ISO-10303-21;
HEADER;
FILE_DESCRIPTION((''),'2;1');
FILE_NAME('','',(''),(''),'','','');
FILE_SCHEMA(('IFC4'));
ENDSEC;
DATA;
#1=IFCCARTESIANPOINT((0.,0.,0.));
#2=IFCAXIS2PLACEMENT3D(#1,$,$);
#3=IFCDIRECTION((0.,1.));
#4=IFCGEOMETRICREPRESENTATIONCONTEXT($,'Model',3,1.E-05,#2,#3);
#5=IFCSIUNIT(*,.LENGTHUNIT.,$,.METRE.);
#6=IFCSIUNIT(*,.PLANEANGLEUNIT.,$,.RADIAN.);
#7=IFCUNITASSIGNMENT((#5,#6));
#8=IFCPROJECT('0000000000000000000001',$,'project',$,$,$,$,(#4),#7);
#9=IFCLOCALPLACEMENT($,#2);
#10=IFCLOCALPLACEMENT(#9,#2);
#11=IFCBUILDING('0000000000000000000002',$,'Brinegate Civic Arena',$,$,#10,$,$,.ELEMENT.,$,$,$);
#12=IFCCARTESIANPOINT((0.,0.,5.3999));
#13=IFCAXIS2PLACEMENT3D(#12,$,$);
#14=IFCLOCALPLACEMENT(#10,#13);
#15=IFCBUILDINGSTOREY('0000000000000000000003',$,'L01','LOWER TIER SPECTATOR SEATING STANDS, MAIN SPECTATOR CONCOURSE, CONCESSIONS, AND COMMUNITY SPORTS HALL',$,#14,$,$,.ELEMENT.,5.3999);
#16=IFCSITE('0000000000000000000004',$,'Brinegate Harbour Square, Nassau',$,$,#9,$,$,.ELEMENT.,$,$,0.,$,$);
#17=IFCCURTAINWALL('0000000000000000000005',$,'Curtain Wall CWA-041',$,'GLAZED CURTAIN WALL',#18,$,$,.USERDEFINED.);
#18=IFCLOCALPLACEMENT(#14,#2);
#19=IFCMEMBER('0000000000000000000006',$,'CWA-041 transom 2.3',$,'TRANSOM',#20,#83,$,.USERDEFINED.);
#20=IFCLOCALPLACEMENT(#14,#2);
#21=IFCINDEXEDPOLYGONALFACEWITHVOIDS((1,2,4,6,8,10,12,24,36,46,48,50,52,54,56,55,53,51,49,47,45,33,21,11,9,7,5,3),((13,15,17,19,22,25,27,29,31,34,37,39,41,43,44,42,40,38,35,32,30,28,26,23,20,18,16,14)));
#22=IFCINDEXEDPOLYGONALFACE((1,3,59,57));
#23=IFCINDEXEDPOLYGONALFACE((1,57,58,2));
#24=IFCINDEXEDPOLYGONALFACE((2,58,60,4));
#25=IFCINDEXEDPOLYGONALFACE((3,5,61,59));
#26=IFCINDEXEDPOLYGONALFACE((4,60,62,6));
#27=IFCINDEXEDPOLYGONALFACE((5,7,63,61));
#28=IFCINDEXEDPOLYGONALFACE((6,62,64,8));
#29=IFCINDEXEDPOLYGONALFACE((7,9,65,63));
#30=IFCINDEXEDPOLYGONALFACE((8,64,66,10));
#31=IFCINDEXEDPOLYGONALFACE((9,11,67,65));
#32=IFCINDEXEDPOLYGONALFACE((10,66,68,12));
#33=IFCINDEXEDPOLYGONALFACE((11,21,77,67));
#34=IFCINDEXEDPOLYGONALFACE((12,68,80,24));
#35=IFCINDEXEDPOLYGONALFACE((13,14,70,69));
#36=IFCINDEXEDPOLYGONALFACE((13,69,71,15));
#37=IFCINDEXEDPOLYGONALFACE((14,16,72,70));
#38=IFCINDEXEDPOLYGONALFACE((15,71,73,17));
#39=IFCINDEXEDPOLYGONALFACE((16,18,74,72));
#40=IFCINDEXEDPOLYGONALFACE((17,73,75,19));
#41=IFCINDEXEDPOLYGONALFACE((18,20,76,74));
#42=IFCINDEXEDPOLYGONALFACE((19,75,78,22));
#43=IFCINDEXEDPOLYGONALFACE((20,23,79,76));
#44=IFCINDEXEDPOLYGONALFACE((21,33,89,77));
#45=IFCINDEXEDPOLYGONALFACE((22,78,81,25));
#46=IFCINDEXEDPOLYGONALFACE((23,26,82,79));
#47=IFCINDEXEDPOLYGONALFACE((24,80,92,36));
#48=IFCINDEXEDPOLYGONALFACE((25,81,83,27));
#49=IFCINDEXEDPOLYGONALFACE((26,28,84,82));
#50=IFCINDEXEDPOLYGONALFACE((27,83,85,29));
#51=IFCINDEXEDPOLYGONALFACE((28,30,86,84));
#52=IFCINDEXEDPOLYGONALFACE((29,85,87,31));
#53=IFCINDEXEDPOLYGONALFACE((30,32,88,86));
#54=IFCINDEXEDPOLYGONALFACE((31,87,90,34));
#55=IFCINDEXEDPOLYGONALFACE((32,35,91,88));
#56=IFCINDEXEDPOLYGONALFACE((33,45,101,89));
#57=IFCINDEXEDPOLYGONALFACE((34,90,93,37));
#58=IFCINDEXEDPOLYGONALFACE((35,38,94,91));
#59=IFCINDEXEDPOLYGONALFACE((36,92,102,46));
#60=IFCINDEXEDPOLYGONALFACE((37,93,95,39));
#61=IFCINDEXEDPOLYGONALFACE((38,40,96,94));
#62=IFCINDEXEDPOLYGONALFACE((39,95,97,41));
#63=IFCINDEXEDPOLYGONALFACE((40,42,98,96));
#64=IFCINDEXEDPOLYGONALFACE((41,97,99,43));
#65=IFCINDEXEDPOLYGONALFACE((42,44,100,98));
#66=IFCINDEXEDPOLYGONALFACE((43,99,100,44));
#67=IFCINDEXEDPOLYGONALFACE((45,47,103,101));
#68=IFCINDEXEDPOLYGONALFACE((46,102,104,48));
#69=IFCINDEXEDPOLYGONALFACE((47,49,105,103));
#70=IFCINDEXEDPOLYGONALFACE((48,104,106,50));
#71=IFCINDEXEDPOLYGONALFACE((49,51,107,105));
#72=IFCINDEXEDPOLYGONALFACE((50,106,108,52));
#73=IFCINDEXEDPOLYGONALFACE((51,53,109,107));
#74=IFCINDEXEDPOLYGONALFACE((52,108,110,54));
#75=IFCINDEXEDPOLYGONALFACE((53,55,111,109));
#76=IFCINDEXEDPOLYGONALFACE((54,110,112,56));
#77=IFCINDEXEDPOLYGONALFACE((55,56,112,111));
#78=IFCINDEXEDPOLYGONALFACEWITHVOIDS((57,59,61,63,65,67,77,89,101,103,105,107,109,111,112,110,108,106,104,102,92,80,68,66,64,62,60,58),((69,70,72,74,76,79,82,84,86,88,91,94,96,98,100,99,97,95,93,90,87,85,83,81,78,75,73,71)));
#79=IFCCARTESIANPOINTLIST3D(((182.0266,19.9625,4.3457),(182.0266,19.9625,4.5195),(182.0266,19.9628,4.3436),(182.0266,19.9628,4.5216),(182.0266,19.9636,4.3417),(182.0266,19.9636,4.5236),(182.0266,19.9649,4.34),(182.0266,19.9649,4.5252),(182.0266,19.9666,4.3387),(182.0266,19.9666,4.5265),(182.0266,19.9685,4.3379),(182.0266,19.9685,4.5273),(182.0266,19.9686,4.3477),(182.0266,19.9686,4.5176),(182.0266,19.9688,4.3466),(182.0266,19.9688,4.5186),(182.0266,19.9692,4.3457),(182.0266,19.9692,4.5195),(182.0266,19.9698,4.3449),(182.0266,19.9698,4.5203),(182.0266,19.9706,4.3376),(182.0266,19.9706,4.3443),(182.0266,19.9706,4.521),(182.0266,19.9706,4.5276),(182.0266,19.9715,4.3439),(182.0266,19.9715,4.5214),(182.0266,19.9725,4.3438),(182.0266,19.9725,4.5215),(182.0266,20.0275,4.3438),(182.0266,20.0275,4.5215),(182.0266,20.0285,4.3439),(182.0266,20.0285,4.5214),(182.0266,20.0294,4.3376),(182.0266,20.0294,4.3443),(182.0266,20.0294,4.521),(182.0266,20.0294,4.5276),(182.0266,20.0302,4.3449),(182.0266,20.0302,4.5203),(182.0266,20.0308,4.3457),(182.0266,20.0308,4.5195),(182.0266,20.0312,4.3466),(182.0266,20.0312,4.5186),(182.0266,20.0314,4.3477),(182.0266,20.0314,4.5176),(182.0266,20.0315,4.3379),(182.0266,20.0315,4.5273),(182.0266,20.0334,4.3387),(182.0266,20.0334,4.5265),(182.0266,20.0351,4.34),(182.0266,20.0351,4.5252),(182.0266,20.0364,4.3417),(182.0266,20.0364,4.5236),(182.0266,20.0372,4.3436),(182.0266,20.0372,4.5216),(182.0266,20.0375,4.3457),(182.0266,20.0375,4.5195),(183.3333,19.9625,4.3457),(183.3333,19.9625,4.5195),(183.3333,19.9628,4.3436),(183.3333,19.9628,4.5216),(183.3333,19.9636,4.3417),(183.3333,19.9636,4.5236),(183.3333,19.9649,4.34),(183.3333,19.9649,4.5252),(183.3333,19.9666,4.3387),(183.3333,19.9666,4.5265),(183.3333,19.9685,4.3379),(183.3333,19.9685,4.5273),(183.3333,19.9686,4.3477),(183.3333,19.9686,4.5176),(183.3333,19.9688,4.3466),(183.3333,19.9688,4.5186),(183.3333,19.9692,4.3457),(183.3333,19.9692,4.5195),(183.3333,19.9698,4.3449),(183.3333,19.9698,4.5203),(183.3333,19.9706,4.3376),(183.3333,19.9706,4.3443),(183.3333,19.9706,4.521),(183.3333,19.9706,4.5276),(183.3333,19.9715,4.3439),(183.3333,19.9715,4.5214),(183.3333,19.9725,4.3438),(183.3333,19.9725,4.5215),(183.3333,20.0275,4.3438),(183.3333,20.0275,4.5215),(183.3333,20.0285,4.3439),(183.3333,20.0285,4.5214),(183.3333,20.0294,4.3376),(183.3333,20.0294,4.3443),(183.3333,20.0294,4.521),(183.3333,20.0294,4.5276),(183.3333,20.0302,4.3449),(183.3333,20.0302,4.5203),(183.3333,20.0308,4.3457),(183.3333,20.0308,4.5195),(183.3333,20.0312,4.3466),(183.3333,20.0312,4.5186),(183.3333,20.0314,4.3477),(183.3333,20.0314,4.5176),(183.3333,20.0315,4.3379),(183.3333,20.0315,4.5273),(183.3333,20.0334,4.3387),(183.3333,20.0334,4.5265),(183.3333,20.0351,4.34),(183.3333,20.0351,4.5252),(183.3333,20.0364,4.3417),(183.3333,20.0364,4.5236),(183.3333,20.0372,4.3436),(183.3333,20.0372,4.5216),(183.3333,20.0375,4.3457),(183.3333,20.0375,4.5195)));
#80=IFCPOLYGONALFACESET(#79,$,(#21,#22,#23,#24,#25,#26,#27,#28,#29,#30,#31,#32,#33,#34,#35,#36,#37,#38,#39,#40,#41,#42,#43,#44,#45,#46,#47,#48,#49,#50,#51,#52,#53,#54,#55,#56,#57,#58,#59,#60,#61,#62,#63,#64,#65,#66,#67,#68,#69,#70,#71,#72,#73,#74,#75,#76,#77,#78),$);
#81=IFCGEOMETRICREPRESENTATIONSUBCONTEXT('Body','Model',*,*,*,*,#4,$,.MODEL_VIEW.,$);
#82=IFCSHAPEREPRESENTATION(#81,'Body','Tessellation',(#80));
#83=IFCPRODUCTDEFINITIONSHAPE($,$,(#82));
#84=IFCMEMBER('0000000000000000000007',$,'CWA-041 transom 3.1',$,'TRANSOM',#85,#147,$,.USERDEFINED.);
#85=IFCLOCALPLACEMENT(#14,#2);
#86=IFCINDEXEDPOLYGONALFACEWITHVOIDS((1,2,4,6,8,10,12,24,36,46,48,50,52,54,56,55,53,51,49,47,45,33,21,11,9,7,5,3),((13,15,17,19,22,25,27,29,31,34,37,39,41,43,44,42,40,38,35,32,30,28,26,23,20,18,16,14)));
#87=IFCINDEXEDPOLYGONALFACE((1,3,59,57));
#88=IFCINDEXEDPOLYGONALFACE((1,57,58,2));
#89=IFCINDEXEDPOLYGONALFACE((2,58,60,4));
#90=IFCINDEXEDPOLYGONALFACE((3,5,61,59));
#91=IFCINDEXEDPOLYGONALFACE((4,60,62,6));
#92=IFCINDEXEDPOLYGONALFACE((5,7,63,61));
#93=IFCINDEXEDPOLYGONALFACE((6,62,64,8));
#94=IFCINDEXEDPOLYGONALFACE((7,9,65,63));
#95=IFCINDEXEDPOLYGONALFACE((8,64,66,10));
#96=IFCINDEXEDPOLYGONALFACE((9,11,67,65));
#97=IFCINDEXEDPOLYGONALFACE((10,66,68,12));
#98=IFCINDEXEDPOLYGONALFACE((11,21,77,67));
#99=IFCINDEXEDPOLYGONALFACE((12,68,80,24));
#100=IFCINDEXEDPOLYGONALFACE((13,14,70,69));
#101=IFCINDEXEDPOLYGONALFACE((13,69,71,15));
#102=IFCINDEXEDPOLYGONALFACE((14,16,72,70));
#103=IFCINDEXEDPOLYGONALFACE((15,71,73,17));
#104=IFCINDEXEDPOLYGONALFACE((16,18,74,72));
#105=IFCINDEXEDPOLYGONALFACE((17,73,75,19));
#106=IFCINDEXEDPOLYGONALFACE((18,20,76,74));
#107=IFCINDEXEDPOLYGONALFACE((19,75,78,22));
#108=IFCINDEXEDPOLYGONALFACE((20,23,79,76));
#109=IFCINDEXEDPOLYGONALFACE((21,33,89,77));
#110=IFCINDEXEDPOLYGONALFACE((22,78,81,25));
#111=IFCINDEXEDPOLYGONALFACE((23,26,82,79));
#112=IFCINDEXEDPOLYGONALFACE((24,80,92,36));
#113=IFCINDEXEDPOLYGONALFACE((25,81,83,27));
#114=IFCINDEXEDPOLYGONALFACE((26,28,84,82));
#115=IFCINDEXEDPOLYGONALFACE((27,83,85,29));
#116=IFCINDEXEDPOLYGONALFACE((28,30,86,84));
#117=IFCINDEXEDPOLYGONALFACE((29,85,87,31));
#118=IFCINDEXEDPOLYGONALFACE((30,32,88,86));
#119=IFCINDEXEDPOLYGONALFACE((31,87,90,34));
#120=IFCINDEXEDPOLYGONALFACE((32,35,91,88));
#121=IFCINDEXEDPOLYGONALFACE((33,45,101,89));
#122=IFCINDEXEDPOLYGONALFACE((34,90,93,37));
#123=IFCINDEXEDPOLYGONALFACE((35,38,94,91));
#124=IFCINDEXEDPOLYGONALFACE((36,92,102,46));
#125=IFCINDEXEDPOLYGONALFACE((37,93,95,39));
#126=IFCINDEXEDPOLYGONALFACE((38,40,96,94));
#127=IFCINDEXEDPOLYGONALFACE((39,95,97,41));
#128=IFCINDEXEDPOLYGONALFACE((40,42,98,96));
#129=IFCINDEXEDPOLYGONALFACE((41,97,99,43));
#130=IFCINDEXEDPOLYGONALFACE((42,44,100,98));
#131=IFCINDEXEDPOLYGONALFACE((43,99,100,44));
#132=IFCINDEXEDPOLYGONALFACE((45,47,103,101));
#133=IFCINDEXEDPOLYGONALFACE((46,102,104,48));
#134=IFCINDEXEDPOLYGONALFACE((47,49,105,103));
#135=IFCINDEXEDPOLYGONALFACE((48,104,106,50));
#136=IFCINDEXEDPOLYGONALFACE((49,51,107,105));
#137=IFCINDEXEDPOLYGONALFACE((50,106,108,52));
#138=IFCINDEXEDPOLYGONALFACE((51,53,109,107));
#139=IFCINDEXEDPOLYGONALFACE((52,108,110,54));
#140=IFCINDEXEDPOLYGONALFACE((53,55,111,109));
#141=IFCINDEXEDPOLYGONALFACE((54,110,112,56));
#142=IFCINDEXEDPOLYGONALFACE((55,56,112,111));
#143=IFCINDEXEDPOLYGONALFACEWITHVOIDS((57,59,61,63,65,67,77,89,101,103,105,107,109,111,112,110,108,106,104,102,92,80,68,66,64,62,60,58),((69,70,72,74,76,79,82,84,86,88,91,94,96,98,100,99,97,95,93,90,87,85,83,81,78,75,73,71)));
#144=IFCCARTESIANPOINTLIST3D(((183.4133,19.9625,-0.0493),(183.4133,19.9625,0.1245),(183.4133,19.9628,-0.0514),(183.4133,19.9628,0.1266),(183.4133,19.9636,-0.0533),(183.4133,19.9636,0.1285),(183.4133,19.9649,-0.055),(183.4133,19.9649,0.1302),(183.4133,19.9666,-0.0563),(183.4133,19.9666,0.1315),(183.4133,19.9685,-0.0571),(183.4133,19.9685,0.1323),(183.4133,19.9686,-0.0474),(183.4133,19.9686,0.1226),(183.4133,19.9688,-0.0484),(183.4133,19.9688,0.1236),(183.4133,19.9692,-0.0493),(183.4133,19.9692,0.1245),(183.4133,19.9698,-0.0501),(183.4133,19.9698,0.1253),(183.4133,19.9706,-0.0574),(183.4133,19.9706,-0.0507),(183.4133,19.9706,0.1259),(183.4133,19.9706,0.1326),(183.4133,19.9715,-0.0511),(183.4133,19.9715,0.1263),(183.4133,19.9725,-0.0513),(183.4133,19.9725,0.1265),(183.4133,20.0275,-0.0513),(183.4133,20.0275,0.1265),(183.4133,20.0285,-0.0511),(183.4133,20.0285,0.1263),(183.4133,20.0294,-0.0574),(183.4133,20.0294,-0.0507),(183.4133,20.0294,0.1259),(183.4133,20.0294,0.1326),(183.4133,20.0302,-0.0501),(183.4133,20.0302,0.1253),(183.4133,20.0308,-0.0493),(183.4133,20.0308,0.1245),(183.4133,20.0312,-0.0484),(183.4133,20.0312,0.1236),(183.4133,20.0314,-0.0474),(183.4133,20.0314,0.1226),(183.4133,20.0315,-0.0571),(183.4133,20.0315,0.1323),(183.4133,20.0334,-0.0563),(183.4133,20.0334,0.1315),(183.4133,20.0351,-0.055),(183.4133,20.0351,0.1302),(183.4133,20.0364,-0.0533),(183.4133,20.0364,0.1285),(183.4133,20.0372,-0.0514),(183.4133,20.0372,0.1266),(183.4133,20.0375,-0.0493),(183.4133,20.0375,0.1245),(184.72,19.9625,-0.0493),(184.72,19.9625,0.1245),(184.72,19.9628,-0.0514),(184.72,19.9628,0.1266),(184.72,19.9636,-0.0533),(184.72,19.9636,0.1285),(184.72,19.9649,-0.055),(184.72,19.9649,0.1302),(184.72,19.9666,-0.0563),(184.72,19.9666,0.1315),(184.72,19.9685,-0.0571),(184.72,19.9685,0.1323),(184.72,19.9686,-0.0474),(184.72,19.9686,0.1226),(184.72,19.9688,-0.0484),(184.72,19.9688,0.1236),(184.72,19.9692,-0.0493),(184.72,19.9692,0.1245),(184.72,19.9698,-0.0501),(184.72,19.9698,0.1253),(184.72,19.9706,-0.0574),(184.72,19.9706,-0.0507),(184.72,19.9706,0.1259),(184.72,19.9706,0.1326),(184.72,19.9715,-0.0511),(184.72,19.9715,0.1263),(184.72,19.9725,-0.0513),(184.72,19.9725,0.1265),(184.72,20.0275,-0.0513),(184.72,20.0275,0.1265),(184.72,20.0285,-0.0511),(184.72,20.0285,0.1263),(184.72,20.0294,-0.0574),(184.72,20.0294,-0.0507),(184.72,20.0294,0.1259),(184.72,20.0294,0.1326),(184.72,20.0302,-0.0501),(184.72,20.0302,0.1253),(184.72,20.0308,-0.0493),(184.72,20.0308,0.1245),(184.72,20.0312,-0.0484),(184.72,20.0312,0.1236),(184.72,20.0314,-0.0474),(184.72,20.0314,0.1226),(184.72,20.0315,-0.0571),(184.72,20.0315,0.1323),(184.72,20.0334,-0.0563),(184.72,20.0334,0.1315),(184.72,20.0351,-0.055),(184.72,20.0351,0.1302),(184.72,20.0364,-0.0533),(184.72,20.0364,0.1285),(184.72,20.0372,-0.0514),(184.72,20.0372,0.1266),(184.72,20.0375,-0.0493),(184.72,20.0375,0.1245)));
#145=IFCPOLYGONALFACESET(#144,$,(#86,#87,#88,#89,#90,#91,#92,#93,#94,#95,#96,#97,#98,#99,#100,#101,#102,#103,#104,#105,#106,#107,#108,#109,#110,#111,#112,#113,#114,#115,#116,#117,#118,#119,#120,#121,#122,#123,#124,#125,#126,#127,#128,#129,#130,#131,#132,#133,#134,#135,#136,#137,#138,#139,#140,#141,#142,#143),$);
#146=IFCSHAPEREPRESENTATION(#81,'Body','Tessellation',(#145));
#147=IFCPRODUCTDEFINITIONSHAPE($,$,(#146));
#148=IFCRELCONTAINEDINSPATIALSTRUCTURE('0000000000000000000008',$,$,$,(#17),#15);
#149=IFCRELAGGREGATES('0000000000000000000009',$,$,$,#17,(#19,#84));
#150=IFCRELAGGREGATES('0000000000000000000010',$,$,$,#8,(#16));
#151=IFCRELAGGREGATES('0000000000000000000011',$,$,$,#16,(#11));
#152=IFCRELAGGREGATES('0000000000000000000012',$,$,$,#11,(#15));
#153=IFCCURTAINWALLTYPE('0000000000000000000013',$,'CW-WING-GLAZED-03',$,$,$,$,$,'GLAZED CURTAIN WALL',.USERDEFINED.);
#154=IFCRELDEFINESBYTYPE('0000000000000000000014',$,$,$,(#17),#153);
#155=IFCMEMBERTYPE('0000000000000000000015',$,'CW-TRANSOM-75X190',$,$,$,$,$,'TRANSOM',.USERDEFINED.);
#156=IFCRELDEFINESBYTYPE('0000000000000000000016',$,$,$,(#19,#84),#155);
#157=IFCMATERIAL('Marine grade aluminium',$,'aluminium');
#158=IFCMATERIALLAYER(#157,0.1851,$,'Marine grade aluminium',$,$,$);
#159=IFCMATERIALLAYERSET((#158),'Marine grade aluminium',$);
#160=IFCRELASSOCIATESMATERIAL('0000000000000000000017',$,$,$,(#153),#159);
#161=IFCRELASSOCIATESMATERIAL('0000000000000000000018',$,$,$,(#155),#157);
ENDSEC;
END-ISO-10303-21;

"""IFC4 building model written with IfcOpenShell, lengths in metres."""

from ifc_helpers import new_model, si_unit, direction, frame, origin, origin_2d, place, context, subcontext, project, spatial, hollow_rectangle, extrude, material, layer, layer_set, material_profile, profile_set, type_object, element, aggregate, save


model = new_model("IFC4")

# Units and contexts
model_context = context("Model", 3, precision=1e-05, world=origin(), true_north=direction((0.0, 1.0)))
body_context = subcontext(model_context, "Body", "Model", "MODEL_VIEW")
ifc_project = project(units=[si_unit("LENGTHUNIT", "METRE"), si_unit("PLANEANGLEUNIT", "RADIAN")], contexts=[model_context])

# Site, building, storey
site_placement = place(None, origin())
site = spatial("IfcSite", under=ifc_project, at=site_placement, Name="Brinegate Harbour Square, Nassau", CompositionType="ELEMENT", RefElevation=0.0)
building_placement = place(site_placement, origin())
building = spatial("IfcBuilding", under=site, at=building_placement, Name="Brinegate Civic Arena", CompositionType="ELEMENT")
storey_placement = place(building_placement, frame((0.0, 0.0, 5.3999)))
storey = spatial("IfcBuildingStorey", under=building, at=storey_placement, Name="L01", Description="LOWER TIER SPECTATOR SEATING STANDS, MAIN SPECTATOR CONCOURSE, CONCESSIONS, AND COMMUNITY SPORTS HALL", CompositionType="ELEMENT", Elevation=5.3999)

# Curtain wall, members
ifc_material_1 = material(Name="Marine grade aluminium", Category="aluminium")
ifc_layer_1 = layer(ifc_material_1, 0.1851, Name="Marine grade aluminium")
ifc_layer_set_1 = layer_set([ifc_layer_1], Name="Marine grade aluminium")
curtain_wall_type = type_object("IfcCurtainWallType", Name="CW-WING-GLAZED-03", ElementType="GLAZED CURTAIN WALL", PredefinedType="USERDEFINED", material=ifc_layer_set_1)
curtain_wall_placement = place(storey_placement, origin())
curtain_wall = element("IfcCurtainWall", 1, at=curtain_wall_placement, inside=storey, type_object=curtain_wall_type, Name="Curtain Wall CWA-041", ObjectType="GLAZED CURTAIN WALL", PredefinedType="USERDEFINED")
ifc_material_profile_1 = material_profile(ifc_material_1, hollow_rectangle(XDim=0.075, YDim=0.1899, WallThickness=0.0061, InnerFilletRadius=0.0039, OuterFilletRadius=0.0081, at=origin_2d()), Name="TRN75X190")
ifc_profile_set_1 = profile_set([ifc_material_profile_1], Name="Marine grade aluminium")
member_type_1 = type_object("IfcMemberType", Name="CW-TRANSOM-75X190", ElementType="TRANSOM", PredefinedType="USERDEFINED", material=ifc_profile_set_1)
member_1_placement = place(storey_placement, frame((182.0266, 20.0, 4.4326), z_axis=(1.0, 0.0, 0.0), x_axis=(0.0, 1.0, 0.0)))
member_1 = element("IfcMember", 2, at=member_1_placement, type_object=member_type_1, Name="CWA-041 transom 2.3", ObjectType="TRANSOM", PredefinedType="USERDEFINED", context=body_context, shape_type="SweptSolid", body=[
    extrude(hollow_rectangle(XDim=0.075, YDim=0.1899, WallThickness=0.0061, InnerFilletRadius=0.0039, OuterFilletRadius=0.0081, at=origin_2d()), origin(), (0.0, 0.0, 1.0), 1.3066),
])
member_2_placement = place(storey_placement, frame((183.4133, 20.0, 0.0376), z_axis=(1.0, 0.0, 0.0), x_axis=(0.0, 1.0, 0.0)))
member_2 = element("IfcMember", 3, at=member_2_placement, type_object=member_type_1, Name="CWA-041 transom 3.1", ObjectType="TRANSOM", PredefinedType="USERDEFINED", context=body_context, shape_type="SweptSolid", body=[
    extrude(hollow_rectangle(XDim=0.075, YDim=0.1899, WallThickness=0.0061, InnerFilletRadius=0.0039, OuterFilletRadius=0.0081, at=origin_2d()), origin(), (0.0, 0.0, 1.0), 1.3066),
])

aggregate(curtain_wall, [member_1, member_2])

save(model, "model.ifc")
